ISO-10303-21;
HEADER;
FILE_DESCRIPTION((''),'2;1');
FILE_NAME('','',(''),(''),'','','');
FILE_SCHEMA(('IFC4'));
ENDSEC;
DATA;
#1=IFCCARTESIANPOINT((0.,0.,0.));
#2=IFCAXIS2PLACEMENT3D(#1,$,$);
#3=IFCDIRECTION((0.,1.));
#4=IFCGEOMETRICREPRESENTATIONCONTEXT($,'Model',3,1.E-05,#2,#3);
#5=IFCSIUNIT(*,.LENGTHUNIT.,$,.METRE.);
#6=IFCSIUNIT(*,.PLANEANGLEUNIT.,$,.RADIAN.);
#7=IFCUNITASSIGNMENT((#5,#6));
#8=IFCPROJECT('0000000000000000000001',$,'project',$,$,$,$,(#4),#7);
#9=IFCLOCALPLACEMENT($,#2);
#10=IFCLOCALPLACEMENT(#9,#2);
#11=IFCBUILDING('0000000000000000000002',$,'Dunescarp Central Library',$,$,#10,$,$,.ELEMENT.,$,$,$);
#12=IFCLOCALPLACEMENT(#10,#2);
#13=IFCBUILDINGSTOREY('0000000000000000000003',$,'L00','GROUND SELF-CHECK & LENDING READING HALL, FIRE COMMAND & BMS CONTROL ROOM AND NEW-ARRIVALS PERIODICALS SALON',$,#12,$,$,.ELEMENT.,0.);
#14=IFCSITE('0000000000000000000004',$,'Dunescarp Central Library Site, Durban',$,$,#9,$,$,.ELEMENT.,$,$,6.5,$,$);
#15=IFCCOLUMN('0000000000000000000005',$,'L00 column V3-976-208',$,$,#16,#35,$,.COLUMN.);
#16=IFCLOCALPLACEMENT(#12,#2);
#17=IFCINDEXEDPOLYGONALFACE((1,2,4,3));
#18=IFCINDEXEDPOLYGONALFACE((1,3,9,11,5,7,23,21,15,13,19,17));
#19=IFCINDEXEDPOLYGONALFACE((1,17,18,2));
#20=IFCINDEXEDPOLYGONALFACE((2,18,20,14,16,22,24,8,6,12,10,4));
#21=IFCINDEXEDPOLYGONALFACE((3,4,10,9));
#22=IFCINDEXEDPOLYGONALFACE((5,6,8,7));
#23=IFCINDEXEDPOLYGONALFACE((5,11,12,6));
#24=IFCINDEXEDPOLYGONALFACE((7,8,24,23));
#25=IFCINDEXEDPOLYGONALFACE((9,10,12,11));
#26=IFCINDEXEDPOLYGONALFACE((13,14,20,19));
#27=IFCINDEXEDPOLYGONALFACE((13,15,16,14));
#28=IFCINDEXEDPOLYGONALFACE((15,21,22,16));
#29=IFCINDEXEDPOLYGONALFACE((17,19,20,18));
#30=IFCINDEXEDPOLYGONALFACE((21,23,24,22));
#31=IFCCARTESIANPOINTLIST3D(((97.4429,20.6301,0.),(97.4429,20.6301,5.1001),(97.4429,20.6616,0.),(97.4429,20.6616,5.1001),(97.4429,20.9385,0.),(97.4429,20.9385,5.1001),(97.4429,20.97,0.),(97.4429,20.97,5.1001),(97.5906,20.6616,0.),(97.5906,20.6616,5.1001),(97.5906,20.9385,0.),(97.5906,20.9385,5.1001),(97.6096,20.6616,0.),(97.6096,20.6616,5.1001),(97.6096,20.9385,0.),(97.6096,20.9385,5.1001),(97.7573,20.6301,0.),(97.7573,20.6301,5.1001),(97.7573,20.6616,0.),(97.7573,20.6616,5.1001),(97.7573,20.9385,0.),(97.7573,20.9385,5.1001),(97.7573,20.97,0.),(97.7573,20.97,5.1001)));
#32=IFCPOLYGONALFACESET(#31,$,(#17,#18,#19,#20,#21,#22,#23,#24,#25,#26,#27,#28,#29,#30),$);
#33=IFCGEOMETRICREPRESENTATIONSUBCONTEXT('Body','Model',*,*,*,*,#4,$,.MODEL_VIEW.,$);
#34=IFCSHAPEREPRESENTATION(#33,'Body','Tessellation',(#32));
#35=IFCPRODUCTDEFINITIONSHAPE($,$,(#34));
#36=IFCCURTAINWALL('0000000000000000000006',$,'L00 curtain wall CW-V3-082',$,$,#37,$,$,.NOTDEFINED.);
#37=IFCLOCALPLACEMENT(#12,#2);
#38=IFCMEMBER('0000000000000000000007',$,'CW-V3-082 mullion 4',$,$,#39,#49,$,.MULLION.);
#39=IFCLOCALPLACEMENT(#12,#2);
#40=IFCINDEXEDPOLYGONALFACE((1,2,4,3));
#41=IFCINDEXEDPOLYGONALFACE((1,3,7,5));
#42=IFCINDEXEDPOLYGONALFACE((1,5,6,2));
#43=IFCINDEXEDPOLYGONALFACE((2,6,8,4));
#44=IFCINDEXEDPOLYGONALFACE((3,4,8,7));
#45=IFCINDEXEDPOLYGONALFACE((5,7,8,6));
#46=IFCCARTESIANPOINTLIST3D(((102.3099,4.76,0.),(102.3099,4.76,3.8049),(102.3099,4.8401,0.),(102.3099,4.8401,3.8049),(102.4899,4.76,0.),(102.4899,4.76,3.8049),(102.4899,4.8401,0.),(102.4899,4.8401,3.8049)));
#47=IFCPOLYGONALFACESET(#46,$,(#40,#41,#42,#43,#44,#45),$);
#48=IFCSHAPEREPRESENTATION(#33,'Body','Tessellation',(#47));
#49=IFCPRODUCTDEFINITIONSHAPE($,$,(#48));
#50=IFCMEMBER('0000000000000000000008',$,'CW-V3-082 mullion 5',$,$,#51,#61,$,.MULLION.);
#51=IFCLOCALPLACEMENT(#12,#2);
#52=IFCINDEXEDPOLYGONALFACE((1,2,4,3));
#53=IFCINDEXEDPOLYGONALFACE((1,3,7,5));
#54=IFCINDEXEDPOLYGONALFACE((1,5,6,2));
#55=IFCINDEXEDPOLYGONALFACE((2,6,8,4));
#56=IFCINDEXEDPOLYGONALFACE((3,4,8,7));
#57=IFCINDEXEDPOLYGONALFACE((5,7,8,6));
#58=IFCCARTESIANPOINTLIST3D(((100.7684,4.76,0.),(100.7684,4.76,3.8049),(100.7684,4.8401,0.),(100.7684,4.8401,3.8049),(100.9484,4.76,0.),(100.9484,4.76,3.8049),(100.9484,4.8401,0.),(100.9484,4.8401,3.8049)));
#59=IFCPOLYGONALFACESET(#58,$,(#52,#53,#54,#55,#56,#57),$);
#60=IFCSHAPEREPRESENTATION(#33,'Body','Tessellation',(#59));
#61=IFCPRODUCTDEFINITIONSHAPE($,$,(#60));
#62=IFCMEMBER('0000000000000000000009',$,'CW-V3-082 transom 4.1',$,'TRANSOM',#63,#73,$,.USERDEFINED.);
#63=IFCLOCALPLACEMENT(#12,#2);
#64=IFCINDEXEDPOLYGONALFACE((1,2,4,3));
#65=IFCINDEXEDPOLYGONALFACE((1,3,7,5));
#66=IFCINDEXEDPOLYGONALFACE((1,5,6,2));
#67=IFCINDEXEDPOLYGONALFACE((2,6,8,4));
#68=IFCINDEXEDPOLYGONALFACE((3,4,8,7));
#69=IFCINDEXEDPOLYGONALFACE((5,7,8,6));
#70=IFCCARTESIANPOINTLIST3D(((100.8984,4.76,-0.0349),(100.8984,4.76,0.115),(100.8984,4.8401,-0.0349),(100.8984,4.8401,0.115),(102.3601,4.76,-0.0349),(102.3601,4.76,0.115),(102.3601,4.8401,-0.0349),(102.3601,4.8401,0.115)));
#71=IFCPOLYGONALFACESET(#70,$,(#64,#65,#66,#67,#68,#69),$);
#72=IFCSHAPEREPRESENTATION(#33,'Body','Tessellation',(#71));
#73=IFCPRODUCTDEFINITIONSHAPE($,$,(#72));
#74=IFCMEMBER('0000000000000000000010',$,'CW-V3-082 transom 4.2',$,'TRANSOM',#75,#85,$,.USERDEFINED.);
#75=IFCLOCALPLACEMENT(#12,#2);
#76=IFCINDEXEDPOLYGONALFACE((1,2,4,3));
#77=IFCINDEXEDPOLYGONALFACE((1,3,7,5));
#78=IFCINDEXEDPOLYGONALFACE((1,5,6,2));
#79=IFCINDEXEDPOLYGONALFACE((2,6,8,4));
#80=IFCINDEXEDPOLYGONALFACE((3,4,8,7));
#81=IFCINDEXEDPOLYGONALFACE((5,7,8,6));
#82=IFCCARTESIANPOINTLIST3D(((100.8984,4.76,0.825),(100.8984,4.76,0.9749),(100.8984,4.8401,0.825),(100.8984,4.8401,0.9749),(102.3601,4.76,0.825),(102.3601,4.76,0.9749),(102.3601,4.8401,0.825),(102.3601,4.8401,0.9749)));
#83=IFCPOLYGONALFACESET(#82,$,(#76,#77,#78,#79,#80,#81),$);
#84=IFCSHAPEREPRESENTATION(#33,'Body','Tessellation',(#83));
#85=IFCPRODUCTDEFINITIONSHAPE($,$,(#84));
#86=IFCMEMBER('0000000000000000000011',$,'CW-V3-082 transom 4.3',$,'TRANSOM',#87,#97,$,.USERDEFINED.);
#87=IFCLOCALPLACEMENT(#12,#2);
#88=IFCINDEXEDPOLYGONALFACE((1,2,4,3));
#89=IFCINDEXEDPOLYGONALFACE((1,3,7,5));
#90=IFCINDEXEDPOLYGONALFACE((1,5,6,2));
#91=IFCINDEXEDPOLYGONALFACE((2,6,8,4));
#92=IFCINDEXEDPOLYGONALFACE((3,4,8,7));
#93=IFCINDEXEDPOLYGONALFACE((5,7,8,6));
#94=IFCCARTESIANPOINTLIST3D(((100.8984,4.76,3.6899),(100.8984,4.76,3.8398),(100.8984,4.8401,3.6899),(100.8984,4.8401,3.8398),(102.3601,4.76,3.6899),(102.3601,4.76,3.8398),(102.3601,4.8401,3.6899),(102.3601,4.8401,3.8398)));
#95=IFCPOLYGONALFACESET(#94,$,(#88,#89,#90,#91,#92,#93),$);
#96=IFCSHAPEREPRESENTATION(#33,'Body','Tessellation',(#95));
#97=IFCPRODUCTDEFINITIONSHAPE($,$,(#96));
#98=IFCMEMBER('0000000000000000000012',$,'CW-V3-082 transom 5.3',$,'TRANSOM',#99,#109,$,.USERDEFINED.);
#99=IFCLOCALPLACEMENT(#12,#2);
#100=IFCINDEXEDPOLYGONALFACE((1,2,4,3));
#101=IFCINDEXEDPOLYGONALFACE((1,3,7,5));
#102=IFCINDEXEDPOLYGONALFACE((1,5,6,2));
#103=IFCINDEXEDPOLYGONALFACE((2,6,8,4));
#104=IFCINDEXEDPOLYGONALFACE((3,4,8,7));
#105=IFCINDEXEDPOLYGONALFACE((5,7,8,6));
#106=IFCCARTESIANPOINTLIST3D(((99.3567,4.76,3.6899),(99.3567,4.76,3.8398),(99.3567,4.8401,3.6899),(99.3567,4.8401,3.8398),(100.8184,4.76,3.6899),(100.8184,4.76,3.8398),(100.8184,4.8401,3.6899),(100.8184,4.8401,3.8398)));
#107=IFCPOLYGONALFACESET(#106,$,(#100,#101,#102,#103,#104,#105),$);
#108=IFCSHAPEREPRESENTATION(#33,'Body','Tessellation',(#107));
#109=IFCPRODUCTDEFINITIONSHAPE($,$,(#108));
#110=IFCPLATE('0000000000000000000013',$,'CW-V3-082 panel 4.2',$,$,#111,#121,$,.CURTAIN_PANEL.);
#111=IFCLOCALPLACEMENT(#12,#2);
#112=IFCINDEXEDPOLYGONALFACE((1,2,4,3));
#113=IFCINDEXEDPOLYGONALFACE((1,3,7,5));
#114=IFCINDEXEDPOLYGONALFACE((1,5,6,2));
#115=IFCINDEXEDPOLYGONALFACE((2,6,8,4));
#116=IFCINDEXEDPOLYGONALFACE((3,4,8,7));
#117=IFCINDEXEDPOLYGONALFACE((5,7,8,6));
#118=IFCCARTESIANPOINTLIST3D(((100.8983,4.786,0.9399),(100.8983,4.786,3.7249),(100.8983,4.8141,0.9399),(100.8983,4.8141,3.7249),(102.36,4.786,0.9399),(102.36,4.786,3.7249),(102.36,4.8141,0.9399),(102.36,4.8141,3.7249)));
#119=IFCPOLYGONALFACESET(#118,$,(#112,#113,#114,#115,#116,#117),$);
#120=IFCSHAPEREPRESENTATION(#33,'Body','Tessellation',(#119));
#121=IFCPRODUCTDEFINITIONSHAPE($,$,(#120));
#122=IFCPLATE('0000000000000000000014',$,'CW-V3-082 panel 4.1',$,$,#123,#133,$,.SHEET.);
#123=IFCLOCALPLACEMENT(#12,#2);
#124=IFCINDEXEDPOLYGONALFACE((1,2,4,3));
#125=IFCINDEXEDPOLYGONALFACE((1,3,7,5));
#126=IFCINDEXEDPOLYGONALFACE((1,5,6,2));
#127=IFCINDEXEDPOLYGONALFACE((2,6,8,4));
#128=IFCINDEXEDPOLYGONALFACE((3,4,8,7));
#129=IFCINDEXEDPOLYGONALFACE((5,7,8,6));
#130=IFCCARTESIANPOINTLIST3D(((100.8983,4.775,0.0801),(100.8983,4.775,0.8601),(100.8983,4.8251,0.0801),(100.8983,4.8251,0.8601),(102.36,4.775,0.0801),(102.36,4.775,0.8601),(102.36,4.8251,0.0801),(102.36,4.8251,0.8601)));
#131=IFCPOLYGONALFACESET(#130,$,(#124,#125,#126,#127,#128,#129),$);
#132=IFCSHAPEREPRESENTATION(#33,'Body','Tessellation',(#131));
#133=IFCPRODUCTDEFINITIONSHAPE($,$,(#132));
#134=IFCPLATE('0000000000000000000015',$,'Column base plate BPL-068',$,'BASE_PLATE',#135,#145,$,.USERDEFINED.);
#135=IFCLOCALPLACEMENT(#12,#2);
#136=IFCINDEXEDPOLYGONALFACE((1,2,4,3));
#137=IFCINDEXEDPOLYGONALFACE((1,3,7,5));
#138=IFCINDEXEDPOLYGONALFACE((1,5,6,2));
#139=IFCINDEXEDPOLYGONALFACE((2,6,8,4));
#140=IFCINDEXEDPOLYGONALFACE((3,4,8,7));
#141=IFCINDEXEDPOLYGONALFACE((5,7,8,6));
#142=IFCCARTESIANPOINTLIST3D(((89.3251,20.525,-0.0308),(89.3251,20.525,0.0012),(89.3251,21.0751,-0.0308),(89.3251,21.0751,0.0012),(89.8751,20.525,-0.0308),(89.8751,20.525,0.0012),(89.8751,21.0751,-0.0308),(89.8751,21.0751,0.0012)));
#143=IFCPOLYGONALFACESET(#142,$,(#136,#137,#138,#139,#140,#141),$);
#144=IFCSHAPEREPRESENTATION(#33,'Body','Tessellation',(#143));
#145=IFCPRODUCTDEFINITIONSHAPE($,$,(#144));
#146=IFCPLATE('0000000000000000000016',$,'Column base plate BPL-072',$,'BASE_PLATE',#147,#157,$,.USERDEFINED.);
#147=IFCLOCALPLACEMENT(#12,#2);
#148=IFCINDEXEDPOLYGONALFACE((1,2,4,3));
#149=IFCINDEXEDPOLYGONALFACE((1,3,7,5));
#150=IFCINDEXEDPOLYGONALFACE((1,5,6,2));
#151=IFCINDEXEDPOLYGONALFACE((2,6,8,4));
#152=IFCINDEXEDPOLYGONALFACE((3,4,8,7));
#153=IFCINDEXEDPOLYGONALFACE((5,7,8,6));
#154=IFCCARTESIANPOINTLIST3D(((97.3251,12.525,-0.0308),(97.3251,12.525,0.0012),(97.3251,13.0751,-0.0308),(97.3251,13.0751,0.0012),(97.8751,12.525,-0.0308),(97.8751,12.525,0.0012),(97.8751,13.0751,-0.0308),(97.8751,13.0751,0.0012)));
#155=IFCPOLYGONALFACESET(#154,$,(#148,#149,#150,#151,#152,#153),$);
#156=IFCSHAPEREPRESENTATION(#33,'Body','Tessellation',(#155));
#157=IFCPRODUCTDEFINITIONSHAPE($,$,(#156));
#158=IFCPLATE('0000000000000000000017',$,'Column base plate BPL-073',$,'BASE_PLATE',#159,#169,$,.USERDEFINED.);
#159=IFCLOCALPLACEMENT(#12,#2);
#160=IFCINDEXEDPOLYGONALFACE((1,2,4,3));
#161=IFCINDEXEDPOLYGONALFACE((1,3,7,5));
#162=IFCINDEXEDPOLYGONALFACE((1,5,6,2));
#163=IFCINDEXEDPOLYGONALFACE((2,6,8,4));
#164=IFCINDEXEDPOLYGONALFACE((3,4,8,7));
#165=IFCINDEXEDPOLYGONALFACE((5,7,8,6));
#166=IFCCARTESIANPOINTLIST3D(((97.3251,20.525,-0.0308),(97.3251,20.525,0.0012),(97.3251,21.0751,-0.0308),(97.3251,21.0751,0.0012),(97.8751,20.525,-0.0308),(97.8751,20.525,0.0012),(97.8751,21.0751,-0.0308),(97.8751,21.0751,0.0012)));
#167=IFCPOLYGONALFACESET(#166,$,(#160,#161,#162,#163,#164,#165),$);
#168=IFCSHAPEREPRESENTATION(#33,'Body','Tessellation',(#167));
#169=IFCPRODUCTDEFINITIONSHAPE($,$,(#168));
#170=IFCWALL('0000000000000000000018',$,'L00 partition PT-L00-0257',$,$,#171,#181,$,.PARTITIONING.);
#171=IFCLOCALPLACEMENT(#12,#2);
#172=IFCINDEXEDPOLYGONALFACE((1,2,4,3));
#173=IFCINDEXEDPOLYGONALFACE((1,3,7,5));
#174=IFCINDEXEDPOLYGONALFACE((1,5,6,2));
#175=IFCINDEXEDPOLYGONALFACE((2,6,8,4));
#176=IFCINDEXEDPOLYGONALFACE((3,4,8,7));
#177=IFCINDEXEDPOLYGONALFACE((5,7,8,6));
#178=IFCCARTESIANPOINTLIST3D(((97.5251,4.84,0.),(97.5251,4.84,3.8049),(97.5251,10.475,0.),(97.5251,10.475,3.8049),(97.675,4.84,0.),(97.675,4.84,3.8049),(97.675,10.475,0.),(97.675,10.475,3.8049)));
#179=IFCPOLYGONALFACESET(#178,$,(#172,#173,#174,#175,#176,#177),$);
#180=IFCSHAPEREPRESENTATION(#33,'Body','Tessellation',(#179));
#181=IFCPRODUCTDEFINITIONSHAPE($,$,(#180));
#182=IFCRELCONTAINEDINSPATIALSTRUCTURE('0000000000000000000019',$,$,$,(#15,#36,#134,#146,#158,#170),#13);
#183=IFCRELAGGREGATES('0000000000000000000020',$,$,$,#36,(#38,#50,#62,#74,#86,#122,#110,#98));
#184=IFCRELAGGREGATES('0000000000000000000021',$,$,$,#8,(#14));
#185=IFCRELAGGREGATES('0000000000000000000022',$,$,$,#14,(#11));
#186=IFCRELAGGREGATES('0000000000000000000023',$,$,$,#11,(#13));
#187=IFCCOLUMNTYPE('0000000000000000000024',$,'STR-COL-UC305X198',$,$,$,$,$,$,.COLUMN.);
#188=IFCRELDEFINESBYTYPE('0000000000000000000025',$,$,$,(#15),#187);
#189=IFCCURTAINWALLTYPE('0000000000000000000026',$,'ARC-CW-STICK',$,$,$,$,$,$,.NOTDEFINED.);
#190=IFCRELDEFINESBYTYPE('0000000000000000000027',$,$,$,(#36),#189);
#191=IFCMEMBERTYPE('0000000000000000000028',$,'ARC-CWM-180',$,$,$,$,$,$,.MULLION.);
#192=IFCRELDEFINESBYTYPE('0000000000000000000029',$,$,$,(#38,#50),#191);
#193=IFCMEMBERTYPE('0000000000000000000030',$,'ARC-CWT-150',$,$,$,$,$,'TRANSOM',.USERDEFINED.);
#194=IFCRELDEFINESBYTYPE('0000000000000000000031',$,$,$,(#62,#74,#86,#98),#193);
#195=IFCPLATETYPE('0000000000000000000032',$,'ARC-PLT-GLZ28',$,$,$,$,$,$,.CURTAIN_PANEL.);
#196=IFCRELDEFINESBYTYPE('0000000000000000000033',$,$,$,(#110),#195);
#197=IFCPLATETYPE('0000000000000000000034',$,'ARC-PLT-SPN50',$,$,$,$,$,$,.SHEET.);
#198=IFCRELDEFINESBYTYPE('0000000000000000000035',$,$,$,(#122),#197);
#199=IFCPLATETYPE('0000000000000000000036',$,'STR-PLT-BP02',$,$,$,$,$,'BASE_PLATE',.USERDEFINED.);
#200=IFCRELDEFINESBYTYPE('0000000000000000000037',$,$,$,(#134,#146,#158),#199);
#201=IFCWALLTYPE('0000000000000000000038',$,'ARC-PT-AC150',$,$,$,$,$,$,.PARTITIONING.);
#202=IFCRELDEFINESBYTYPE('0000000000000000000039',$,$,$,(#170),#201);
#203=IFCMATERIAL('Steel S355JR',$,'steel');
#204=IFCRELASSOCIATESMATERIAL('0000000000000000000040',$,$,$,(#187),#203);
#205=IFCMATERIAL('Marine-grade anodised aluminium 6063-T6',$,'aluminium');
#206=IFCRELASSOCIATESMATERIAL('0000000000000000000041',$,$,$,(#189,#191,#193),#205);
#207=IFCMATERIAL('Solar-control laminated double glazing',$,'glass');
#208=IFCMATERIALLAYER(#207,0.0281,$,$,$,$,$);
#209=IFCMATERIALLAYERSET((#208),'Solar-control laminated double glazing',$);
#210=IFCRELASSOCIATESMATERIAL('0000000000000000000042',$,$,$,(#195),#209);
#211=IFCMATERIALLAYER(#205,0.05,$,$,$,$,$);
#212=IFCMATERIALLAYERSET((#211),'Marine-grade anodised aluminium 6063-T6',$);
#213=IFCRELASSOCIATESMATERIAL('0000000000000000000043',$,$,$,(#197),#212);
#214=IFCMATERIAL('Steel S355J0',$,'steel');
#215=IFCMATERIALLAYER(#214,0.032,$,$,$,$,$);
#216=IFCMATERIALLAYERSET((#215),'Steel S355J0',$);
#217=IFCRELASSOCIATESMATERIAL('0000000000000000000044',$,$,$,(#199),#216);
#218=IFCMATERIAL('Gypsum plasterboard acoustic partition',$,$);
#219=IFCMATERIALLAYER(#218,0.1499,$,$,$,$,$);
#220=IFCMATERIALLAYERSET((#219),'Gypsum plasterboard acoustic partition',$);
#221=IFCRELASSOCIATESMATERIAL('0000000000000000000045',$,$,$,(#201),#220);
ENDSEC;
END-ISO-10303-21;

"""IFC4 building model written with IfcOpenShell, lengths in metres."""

from ifc_helpers import new_model, si_unit, direction, frame, frame_2d, origin, origin_2d, place, context, subcontext, project, spatial, rectangle, i_section, extrude, material, layer, layer_set, material_profile, profile_set, type_object, element, aggregate, save


model = new_model("IFC4")

# Units and contexts
model_context = context("Model", 3, precision=1e-05, world=origin(), true_north=direction((0.0, 1.0)))
body_context = subcontext(model_context, "Body", "Model", "MODEL_VIEW")
ifc_project = project(units=[si_unit("LENGTHUNIT", "METRE"), si_unit("PLANEANGLEUNIT", "RADIAN")], contexts=[model_context])

# Site, building, storey
site_placement = place(None, origin())
site = spatial("IfcSite", under=ifc_project, at=site_placement, Name="Dunescarp Central Library Site, Durban", CompositionType="ELEMENT", RefElevation=6.5)
building_placement = place(site_placement, origin())
building = spatial("IfcBuilding", under=site, at=building_placement, Name="Dunescarp Central Library", CompositionType="ELEMENT")
storey_placement = place(building_placement, origin())
storey = spatial("IfcBuildingStorey", under=building, at=storey_placement, Name="L00", Description="GROUND SELF-CHECK & LENDING READING HALL, FIRE COMMAND & BMS CONTROL ROOM AND NEW-ARRIVALS PERIODICALS SALON", CompositionType="ELEMENT", Elevation=0.0)

# Column
ifc_material_1 = material(Name="Steel S355JR", Category="steel")
ifc_material_profile_1 = material_profile(ifc_material_1, i_section(OverallWidth=0.3145, OverallDepth=0.3398, WebThickness=0.019, FlangeThickness=0.0315, at=origin_2d()), Name="UC 305x305x198")
ifc_profile_set_1 = profile_set([ifc_material_profile_1], Name="Steel S355JR")
column_type = type_object("IfcColumnType", Name="STR-COL-UC305X198", PredefinedType="COLUMN", material=ifc_profile_set_1)
for number, where, z_axis, x_axis, name in (
    (1, (97.6001, 20.8, 0.0), (0.0, 0.0, 1.0), (1.0, 0.0, 0.0), "L00 column V3-976-208"),
):
    element("IfcColumn", number, at=place(storey_placement, frame(where, z_axis=z_axis, x_axis=x_axis)), inside=storey, type_object=column_type, Name=name, PredefinedType="COLUMN", context=body_context, shape_type="SweptSolid", body=[
        extrude(i_section(OverallWidth=0.3145, OverallDepth=0.3398, WebThickness=0.019, FlangeThickness=0.0315, at=origin_2d()), origin(), (0.0, 0.0, 1.0), 5.1001),
    ])

# Curtain wall, members, plates
ifc_material_2 = material(Name="Marine-grade anodised aluminium 6063-T6", Category="aluminium")
curtain_wall_type = type_object("IfcCurtainWallType", Name="ARC-CW-STICK", PredefinedType="NOTDEFINED", material=ifc_material_2)
curtain_wall_placement = place(storey_placement, origin())
curtain_wall = element("IfcCurtainWall", 2, at=curtain_wall_placement, inside=storey, type_object=curtain_wall_type, Name="L00 curtain wall CW-V3-082", PredefinedType="NOTDEFINED")
ifc_material_profile_2 = material_profile(ifc_material_2, rectangle(XDim=0.0801, YDim=0.1799, at=origin_2d()), Name="AL 80x180")
ifc_profile_set_2 = profile_set([ifc_material_profile_2], Name="Marine-grade anodised aluminium 6063-T6")
member_type_1 = type_object("IfcMemberType", Name="ARC-CWM-180", PredefinedType="MULLION", material=ifc_profile_set_2)
member_1_placement = place(storey_placement, frame((102.3999, 4.8, 0.0), z_axis=(0.0, 0.0, 1.0), x_axis=(0.0, -1.0, 0.0)))
member_1 = element("IfcMember", 3, at=member_1_placement, type_object=member_type_1, Name="CW-V3-082 mullion 4", PredefinedType="MULLION", context=body_context, shape_type="SweptSolid", body=[
    extrude(rectangle(XDim=0.0801, YDim=0.1799, at=origin_2d()), origin(), (0.0, 0.0, 1.0), 3.8049),
])
member_2_placement = place(storey_placement, frame((100.8584, 4.8, 0.0), z_axis=(0.0, 0.0, 1.0), x_axis=(0.0, -1.0, 0.0)))
member_2 = element("IfcMember", 4, at=member_2_placement, type_object=member_type_1, Name="CW-V3-082 mullion 5", PredefinedType="MULLION", context=body_context, shape_type="SweptSolid", body=[
    extrude(rectangle(XDim=0.0801, YDim=0.1799, at=origin_2d()), origin(), (0.0, 0.0, 1.0), 3.8049),
])
ifc_material_profile_3 = material_profile(ifc_material_2, rectangle(XDim=0.0801, YDim=0.1499, at=origin_2d()), Name="AL 80x150")
ifc_profile_set_3 = profile_set([ifc_material_profile_3], Name="Marine-grade anodised aluminium 6063-T6")
member_type_2 = type_object("IfcMemberType", Name="ARC-CWT-150", ElementType="TRANSOM", PredefinedType="USERDEFINED", material=ifc_profile_set_3)
member_3_placement = place(storey_placement, frame((102.3601, 4.8, 0.04), z_axis=(-1.0, 0.0, 0.0), x_axis=(0.0, -1.0, 0.0)))
member_3 = element("IfcMember", 5, at=member_3_placement, type_object=member_type_2, Name="CW-V3-082 transom 4.1", ObjectType="TRANSOM", PredefinedType="USERDEFINED", context=body_context, shape_type="SweptSolid", body=[
    extrude(rectangle(XDim=0.0801, YDim=0.1499, at=origin_2d()), origin(), (0.0, 0.0, 1.0), 1.4617),
])
member_4_placement = place(storey_placement, frame((102.3601, 4.8, 0.8999), z_axis=(-1.0, 0.0, 0.0), x_axis=(0.0, -1.0, 0.0)))
member_4 = element("IfcMember", 6, at=member_4_placement, type_object=member_type_2, Name="CW-V3-082 transom 4.2", ObjectType="TRANSOM", PredefinedType="USERDEFINED", context=body_context, shape_type="SweptSolid", body=[
    extrude(rectangle(XDim=0.0801, YDim=0.1499, at=origin_2d()), origin(), (0.0, 0.0, 1.0), 1.4617),
])
member_5_placement = place(storey_placement, frame((102.3601, 4.8, 3.7649), z_axis=(-1.0, 0.0, 0.0), x_axis=(0.0, -1.0, 0.0)))
member_5 = element("IfcMember", 7, at=member_5_placement, type_object=member_type_2, Name="CW-V3-082 transom 4.3", ObjectType="TRANSOM", PredefinedType="USERDEFINED", context=body_context, shape_type="SweptSolid", body=[
    extrude(rectangle(XDim=0.0801, YDim=0.1499, at=origin_2d()), origin(), (0.0, 0.0, 1.0), 1.4617),
])
member_6_placement = place(storey_placement, frame((100.8184, 4.8, 3.7649), z_axis=(-1.0, 0.0, 0.0), x_axis=(0.0, -1.0, 0.0)))
member_6 = element("IfcMember", 8, at=member_6_placement, type_object=member_type_2, Name="CW-V3-082 transom 5.3", ObjectType="TRANSOM", PredefinedType="USERDEFINED", context=body_context, shape_type="SweptSolid", body=[
    extrude(rectangle(XDim=0.0801, YDim=0.1499, at=origin_2d()), origin(), (0.0, 0.0, 1.0), 1.4617),
])
ifc_material_3 = material(Name="Solar-control laminated double glazing", Category="glass")
ifc_layer_1 = layer(ifc_material_3, 0.0281)
ifc_layer_set_1 = layer_set([ifc_layer_1], Name="Solar-control laminated double glazing")
plate_type_1 = type_object("IfcPlateType", Name="ARC-PLT-GLZ28", PredefinedType="CURTAIN_PANEL", material=ifc_layer_set_1)
plate_1_placement = place(storey_placement, frame((101.6292, 4.8, 0.9399), z_axis=(0.0, 0.0, 1.0), x_axis=(-1.0, 0.0, 0.0)))
plate_1 = element("IfcPlate", 9, at=plate_1_placement, type_object=plate_type_1, Name="CW-V3-082 panel 4.2", PredefinedType="CURTAIN_PANEL", context=body_context, shape_type="SweptSolid", body=[
    extrude(rectangle(XDim=1.4617, YDim=0.0281, at=origin_2d()), origin(), (0.0, 0.0, 1.0), 2.7849),
])
ifc_layer_2 = layer(ifc_material_2, 0.05)
ifc_layer_set_2 = layer_set([ifc_layer_2], Name="Marine-grade anodised aluminium 6063-T6")
plate_type_2 = type_object("IfcPlateType", Name="ARC-PLT-SPN50", PredefinedType="SHEET", material=ifc_layer_set_2)
plate_2_placement = place(storey_placement, frame((101.6292, 4.8, 0.0801), z_axis=(0.0, 0.0, 1.0), x_axis=(-1.0, 0.0, 0.0)))
plate_2 = element("IfcPlate", 10, at=plate_2_placement, type_object=plate_type_2, Name="CW-V3-082 panel 4.1", PredefinedType="SHEET", context=body_context, shape_type="SweptSolid", body=[
    extrude(rectangle(XDim=1.4617, YDim=0.05, at=origin_2d()), origin(), (0.0, 0.0, 1.0), 0.78),
])
aggregate(curtain_wall, [member_1, member_2, member_3, member_4, member_5, plate_2, plate_1, member_6])

# Plates
ifc_material_4 = material(Name="Steel S355J0", Category="steel")
ifc_layer_3 = layer(ifc_material_4, 0.032)
ifc_layer_set_3 = layer_set([ifc_layer_3], Name="Steel S355J0")
plate_type_3 = type_object("IfcPlateType", Name="STR-PLT-BP02", ElementType="BASE_PLATE", PredefinedType="USERDEFINED", material=ifc_layer_set_3)
for number, where, z_axis, x_axis, name in (
    (11, (89.6001, 20.8, -0.0308), (0.0, 0.0, 1.0), (1.0, 0.0, 0.0), "Column base plate BPL-068"),
    (12, (97.6001, 12.8, -0.0308), (0.0, 0.0, 1.0), (1.0, 0.0, 0.0), "Column base plate BPL-072"),
    (13, (97.6001, 20.8, -0.0308), (0.0, 0.0, 1.0), (1.0, 0.0, 0.0), "Column base plate BPL-073"),
):
    element("IfcPlate", number, at=place(storey_placement, frame(where, z_axis=z_axis, x_axis=x_axis)), inside=storey, type_object=plate_type_3, Name=name, ObjectType="BASE_PLATE", PredefinedType="USERDEFINED", context=body_context, shape_type="SweptSolid", body=[
        extrude(rectangle(XDim=0.55, YDim=0.55, at=origin_2d()), origin(), (0.0, 0.0, 1.0), 0.032),
    ])

# Wall
ifc_material_5 = material(Name="Gypsum plasterboard acoustic partition")
ifc_layer_4 = layer(ifc_material_5, 0.1499)
ifc_layer_set_4 = layer_set([ifc_layer_4], Name="Gypsum plasterboard acoustic partition")
wall_type = type_object("IfcWallType", Name="ARC-PT-AC150", PredefinedType="PARTITIONING", material=ifc_layer_set_4)
wall_1_placement = place(storey_placement, frame((97.6001, 4.8401, 0.0), z_axis=(0.0, 0.0, 1.0), x_axis=(0.0, 1.0, 0.0)))
element("IfcWall", 14, at=wall_1_placement, inside=storey, type_object=wall_type, Name="L00 partition PT-L00-0257", PredefinedType="PARTITIONING", context=body_context, shape_type="SweptSolid", body=[
    extrude(rectangle(XDim=5.635, YDim=0.1499, at=frame_2d((2.8174, 0.0))), origin(), (0.0, 0.0, 1.0), 3.8049),
])

save(model, "model.ifc")
